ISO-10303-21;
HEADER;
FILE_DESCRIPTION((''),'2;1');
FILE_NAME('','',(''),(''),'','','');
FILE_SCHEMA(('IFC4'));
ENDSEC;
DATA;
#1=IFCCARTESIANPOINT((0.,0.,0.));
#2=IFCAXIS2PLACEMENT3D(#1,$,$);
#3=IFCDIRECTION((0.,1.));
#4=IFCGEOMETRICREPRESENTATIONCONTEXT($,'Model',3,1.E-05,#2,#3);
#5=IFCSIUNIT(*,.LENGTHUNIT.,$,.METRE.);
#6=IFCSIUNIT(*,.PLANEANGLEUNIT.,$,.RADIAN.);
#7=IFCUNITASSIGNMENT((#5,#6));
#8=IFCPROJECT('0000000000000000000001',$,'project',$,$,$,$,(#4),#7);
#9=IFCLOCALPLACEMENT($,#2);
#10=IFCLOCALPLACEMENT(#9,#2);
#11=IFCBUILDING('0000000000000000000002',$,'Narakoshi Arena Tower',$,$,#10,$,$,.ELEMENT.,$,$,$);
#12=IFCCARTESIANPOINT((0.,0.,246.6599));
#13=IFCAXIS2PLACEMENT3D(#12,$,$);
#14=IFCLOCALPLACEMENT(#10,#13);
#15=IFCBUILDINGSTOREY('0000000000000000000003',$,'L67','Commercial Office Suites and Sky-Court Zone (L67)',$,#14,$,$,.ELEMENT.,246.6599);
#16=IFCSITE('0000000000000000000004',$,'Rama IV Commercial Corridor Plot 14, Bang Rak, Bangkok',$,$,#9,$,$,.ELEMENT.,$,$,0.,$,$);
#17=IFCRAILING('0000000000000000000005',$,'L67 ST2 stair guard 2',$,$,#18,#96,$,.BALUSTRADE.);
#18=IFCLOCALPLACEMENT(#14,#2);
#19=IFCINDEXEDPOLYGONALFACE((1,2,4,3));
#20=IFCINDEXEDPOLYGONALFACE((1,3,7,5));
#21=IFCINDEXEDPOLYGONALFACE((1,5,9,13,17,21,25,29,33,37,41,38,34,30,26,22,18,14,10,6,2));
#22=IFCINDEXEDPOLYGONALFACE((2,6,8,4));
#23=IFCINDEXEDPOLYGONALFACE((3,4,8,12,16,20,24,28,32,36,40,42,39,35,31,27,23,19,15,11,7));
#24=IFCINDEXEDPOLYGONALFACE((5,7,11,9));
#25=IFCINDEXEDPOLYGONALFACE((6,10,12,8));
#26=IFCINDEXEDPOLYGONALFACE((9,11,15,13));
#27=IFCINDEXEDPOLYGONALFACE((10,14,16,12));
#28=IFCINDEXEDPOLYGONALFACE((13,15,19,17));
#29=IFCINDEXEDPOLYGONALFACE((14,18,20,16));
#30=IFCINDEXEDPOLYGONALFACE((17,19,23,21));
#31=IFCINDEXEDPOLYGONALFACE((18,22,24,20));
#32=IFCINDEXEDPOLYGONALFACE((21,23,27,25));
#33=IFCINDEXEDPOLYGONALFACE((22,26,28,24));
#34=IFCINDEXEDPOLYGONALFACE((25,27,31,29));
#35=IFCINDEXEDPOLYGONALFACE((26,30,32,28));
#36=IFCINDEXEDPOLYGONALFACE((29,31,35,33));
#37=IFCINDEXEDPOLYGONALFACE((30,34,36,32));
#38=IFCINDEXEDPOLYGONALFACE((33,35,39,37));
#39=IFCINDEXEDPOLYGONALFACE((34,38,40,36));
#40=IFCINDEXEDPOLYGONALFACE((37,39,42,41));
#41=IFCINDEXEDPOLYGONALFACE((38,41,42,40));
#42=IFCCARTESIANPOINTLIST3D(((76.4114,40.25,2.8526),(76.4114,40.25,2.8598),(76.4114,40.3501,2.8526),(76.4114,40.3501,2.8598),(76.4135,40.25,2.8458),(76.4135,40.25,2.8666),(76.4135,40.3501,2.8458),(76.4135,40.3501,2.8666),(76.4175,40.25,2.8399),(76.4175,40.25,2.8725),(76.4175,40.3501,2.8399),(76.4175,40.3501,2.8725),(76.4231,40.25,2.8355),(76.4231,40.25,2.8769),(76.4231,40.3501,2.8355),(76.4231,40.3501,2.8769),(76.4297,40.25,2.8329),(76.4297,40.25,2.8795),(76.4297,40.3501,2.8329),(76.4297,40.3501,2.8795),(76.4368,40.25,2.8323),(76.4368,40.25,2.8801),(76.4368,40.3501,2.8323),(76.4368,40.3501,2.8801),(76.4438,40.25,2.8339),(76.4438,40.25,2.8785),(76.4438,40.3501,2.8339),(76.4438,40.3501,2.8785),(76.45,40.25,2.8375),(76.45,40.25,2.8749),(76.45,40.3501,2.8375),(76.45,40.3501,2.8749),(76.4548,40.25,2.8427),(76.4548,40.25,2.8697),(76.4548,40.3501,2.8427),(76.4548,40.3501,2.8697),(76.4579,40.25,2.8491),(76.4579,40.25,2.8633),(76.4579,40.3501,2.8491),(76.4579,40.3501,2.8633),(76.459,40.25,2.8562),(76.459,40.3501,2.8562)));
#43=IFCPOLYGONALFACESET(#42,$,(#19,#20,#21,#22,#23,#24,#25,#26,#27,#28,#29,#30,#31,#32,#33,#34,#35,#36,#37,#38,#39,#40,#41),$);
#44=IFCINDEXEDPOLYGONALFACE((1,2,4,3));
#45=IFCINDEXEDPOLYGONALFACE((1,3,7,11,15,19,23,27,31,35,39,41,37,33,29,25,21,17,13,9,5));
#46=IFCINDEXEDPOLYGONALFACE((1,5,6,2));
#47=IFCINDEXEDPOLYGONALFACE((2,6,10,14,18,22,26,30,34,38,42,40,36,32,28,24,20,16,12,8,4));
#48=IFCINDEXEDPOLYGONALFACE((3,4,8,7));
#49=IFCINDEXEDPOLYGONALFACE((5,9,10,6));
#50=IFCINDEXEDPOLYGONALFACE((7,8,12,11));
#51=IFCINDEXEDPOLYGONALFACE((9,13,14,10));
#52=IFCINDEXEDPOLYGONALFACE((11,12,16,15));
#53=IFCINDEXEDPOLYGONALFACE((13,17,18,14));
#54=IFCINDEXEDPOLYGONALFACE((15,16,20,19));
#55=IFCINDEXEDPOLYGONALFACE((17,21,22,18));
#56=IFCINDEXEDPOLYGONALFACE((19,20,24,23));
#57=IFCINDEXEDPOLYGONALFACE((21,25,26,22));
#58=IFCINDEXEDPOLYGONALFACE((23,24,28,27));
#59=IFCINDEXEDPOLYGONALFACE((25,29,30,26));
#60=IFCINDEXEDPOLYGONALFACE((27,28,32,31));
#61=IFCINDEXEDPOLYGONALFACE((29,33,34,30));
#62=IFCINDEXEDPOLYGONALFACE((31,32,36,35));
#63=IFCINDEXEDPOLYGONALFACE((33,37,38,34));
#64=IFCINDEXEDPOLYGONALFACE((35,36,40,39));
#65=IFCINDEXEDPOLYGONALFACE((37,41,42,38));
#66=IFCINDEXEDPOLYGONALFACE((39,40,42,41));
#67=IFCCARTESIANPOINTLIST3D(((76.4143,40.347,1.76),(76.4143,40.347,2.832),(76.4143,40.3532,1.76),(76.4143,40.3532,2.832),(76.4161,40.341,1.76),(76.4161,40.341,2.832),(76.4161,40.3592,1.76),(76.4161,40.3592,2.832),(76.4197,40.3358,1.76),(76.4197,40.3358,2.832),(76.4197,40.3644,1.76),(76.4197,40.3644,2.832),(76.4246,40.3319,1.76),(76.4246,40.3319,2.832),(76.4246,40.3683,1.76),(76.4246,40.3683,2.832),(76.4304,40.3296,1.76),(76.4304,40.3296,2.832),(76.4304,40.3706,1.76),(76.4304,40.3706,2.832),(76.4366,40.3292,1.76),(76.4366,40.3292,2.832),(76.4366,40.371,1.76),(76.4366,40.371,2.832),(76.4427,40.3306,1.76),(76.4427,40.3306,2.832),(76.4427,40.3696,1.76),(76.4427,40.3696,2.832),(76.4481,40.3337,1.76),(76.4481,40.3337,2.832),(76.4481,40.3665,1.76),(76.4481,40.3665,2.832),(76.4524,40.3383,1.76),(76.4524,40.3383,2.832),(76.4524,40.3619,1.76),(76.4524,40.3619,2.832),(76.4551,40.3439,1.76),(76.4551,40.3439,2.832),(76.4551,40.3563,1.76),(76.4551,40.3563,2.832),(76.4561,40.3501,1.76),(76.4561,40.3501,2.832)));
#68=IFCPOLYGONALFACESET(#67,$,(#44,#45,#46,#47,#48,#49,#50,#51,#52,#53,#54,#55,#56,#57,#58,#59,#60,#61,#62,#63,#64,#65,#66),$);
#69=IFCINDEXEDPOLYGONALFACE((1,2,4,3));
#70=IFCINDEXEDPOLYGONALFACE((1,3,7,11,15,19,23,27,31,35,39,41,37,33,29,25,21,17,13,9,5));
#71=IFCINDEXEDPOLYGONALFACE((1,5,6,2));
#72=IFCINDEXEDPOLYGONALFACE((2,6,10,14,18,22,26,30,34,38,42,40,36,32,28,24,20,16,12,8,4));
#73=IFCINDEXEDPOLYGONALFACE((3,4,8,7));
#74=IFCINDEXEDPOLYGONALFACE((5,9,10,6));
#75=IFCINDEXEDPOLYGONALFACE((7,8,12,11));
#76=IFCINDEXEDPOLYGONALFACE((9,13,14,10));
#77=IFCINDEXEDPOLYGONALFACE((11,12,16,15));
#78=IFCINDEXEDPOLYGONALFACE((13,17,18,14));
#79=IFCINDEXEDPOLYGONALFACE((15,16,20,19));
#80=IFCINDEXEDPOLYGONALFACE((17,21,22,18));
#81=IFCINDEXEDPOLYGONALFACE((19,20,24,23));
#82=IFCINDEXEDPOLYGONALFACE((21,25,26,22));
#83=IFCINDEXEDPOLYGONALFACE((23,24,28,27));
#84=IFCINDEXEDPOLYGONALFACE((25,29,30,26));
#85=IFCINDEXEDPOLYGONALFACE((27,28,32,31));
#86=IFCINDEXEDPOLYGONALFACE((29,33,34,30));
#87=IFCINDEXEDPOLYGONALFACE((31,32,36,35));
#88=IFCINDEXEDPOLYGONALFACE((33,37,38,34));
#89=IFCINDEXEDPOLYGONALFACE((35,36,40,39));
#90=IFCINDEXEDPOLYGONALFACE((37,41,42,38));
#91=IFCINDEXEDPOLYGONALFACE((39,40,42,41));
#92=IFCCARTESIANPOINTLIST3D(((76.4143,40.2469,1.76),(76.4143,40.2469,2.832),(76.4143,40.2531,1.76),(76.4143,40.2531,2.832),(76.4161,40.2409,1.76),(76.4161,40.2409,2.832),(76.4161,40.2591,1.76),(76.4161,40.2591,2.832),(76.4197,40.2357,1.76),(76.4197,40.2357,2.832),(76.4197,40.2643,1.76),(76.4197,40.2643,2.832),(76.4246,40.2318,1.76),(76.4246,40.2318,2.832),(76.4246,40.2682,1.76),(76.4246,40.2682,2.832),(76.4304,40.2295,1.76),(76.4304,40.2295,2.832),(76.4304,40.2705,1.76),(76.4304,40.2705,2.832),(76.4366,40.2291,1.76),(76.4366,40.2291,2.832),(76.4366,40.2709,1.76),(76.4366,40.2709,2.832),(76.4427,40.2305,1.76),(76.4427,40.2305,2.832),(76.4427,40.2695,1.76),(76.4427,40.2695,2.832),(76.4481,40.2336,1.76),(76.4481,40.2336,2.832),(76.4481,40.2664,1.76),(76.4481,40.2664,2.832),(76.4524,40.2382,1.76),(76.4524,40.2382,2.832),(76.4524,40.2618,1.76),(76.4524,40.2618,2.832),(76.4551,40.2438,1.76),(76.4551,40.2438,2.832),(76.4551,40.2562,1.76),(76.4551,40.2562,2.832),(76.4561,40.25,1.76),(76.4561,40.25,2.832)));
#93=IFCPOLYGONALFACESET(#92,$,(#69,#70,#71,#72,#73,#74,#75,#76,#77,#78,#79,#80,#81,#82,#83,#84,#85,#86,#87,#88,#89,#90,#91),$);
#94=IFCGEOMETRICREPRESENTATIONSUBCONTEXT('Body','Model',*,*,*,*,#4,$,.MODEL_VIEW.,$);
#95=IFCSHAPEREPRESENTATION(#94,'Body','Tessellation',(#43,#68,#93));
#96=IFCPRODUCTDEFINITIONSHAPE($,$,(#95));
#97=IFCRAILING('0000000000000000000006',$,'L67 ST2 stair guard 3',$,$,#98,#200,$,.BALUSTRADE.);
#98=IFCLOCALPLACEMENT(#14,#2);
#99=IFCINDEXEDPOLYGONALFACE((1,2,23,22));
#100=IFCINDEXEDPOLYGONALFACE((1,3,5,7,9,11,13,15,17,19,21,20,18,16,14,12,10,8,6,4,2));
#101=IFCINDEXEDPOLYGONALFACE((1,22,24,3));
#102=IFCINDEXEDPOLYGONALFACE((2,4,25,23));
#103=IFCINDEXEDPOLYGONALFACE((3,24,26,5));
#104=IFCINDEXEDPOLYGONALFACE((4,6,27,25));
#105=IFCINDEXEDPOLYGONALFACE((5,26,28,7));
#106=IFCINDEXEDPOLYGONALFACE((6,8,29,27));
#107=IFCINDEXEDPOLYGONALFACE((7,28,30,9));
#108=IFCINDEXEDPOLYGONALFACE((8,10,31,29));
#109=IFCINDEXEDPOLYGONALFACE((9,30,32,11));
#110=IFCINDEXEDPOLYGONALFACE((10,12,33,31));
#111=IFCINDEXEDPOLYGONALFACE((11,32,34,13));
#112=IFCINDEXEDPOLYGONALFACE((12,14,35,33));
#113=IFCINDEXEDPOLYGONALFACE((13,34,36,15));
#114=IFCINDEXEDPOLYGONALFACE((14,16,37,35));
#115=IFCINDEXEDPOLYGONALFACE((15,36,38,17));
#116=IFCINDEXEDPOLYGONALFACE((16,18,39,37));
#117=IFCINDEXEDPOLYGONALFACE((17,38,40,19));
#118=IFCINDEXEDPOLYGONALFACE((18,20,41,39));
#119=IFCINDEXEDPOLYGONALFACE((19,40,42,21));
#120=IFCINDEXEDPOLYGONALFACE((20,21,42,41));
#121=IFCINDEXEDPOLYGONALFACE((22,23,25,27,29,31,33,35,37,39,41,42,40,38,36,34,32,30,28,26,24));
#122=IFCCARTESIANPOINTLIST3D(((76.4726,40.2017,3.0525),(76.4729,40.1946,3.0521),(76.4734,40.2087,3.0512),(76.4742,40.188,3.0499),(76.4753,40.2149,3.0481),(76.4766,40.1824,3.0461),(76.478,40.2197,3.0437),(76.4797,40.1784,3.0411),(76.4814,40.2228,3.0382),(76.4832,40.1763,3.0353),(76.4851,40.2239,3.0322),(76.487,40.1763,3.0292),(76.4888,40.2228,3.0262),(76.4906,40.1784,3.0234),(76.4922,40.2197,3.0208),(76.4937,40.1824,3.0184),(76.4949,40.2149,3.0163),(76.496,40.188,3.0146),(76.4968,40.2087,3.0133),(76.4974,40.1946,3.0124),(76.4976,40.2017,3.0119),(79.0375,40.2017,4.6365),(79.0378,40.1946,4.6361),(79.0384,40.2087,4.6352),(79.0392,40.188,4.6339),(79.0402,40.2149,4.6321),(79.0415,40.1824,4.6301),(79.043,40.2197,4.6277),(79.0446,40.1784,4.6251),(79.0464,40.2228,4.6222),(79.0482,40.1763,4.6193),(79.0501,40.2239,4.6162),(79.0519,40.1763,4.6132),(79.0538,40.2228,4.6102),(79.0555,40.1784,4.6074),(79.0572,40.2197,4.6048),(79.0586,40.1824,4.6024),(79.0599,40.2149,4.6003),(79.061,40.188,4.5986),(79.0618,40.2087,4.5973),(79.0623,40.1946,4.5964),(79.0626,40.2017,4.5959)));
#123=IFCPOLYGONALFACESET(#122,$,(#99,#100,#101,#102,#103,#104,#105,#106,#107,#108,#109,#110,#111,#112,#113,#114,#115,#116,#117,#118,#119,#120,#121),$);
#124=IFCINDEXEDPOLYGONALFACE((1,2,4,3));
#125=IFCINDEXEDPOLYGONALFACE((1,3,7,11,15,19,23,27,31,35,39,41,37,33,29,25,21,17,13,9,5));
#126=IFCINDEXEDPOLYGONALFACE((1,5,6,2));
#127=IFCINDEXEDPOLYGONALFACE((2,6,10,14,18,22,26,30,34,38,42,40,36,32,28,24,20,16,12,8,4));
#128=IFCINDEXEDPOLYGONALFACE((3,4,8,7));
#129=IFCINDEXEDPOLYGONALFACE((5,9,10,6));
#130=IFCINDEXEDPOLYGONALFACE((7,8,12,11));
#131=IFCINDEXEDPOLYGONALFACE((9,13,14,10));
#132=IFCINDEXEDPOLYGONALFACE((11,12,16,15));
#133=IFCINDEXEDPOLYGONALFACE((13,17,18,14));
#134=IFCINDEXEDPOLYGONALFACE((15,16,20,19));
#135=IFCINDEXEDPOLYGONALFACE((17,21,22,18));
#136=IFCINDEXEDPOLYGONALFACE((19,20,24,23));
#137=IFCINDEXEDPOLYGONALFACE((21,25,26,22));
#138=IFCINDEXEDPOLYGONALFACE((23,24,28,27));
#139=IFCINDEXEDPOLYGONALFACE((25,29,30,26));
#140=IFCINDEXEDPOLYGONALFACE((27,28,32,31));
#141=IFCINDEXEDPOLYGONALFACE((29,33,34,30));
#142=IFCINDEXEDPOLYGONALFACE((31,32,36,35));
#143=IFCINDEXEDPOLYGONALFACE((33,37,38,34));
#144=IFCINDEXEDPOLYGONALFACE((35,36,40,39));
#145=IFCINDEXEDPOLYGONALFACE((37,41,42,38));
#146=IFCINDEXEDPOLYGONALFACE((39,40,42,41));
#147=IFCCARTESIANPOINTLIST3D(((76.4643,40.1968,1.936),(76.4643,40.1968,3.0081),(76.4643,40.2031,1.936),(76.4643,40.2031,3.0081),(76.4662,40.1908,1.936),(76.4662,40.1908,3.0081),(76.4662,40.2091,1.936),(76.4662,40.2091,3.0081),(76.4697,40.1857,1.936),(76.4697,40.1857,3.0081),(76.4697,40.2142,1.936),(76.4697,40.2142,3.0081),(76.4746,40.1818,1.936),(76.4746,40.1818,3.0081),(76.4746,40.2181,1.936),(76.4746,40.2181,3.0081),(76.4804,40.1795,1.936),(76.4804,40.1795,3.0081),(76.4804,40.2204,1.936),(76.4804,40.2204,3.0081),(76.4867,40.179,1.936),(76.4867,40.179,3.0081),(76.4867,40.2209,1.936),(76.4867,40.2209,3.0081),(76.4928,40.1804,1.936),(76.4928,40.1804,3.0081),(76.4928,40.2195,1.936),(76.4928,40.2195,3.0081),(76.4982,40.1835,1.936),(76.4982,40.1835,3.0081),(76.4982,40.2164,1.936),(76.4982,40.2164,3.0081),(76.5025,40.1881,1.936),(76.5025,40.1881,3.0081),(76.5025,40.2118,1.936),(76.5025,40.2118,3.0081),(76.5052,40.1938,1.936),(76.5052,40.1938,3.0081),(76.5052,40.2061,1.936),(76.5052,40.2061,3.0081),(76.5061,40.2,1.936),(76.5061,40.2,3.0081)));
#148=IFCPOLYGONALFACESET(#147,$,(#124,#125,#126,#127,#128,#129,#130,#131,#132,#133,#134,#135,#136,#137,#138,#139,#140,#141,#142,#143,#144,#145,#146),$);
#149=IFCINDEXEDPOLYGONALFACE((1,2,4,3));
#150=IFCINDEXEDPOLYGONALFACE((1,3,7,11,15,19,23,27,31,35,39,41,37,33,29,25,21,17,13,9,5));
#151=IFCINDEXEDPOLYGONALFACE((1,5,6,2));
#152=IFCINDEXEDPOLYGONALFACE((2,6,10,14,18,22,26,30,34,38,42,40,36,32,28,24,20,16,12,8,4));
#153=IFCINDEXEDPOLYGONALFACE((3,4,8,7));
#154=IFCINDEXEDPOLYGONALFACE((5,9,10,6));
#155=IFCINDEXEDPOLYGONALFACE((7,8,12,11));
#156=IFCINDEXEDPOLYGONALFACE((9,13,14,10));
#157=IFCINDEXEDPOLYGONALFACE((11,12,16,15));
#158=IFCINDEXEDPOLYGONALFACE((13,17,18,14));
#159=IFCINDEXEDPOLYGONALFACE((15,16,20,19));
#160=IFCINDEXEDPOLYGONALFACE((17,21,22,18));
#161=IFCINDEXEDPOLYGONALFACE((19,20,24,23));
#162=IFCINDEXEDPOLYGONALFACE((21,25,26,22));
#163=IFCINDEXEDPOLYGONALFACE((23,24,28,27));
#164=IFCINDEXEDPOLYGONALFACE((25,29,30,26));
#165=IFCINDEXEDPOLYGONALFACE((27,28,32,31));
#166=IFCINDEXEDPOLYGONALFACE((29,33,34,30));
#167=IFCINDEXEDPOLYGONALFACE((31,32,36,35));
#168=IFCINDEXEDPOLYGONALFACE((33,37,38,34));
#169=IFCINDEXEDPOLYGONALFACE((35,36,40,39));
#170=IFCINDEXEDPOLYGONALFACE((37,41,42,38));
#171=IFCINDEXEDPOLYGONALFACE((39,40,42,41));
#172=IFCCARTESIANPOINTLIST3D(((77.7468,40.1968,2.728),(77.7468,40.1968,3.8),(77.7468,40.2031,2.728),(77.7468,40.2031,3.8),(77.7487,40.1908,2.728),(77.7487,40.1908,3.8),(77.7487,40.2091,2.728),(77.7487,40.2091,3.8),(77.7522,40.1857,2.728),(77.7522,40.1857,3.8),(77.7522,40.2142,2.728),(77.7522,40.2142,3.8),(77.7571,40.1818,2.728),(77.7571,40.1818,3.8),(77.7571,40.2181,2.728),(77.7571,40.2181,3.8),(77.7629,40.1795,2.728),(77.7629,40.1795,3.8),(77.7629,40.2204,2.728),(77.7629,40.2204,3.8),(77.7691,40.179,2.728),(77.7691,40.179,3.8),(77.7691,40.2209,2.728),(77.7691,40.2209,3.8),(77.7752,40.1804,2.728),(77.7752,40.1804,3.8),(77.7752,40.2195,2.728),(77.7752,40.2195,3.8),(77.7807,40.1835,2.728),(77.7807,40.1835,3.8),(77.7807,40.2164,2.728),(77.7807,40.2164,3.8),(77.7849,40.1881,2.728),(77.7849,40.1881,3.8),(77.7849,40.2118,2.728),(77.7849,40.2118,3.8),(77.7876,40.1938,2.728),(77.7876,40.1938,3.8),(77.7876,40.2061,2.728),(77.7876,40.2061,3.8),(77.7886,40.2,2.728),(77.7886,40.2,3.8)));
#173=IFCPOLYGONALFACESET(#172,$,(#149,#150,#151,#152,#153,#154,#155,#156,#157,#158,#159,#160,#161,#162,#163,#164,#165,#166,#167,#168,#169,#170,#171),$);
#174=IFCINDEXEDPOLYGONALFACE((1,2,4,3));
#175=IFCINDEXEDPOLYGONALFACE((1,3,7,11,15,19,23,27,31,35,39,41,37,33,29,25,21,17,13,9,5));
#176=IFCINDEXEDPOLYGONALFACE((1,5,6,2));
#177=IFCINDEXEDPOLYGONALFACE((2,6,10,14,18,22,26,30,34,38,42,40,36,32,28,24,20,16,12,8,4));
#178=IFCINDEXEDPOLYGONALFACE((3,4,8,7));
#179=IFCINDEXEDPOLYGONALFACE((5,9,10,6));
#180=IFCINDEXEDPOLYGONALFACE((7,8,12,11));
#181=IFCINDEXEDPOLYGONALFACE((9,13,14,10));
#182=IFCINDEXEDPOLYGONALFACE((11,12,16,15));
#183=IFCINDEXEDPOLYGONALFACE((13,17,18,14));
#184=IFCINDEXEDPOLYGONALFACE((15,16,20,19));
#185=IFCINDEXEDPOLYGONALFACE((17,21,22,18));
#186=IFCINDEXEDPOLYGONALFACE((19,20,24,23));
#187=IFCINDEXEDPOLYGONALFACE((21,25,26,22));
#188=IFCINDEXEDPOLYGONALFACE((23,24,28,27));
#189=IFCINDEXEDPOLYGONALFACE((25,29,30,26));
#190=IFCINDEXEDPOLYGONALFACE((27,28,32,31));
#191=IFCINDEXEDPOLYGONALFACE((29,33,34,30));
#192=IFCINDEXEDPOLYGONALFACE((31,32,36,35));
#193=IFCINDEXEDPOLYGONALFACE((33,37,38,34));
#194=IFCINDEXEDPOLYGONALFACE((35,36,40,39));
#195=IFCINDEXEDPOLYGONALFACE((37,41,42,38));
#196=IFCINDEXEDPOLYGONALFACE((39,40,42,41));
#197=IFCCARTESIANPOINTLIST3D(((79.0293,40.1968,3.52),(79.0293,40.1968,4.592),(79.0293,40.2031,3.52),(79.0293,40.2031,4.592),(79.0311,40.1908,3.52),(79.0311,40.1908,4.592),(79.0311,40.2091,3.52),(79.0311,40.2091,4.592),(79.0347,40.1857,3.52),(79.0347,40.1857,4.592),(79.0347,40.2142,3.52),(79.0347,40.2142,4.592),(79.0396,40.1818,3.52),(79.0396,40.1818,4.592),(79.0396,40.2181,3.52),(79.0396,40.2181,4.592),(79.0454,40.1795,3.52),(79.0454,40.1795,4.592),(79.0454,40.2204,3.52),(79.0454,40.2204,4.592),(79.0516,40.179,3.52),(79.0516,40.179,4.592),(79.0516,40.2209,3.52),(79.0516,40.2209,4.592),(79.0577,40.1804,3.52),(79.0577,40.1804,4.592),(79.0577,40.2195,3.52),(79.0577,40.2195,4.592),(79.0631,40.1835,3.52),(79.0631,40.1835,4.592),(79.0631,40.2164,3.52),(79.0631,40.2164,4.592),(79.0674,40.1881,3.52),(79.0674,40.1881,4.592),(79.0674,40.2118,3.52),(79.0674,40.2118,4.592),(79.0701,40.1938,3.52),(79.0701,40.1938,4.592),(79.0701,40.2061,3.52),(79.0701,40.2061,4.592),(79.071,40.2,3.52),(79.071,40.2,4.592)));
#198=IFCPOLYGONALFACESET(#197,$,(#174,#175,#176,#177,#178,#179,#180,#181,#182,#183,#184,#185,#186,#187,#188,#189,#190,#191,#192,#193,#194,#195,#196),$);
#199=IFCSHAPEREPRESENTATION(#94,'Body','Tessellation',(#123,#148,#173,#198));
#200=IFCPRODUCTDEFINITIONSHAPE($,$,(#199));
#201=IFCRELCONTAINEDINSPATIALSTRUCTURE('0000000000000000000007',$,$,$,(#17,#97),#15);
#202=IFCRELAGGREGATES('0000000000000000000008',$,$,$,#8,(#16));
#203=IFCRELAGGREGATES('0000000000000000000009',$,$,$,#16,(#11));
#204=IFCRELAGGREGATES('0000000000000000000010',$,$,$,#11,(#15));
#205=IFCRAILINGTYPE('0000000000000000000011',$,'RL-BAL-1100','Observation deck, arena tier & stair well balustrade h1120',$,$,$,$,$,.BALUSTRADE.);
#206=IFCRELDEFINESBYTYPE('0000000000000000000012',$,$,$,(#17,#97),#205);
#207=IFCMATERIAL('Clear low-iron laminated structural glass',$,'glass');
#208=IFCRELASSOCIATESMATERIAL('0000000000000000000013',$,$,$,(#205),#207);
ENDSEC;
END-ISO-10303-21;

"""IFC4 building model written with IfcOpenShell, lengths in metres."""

from ifc_helpers import new_model, si_unit, direction, frame, origin, origin_2d, place, context, subcontext, project, spatial, circle, extrude, material, type_object, element, save


model = new_model("IFC4")

# Units and contexts
model_context = context("Model", 3, precision=1e-05, world=origin(), true_north=direction((0.0, 1.0)))
body_context = subcontext(model_context, "Body", "Model", "MODEL_VIEW")
ifc_project = project(units=[si_unit("LENGTHUNIT", "METRE"), si_unit("PLANEANGLEUNIT", "RADIAN")], contexts=[model_context])

# Site, building, storey
site_placement = place(None, origin())
site = spatial("IfcSite", under=ifc_project, at=site_placement, Name="Rama IV Commercial Corridor Plot 14, Bang Rak, Bangkok", CompositionType="ELEMENT", RefElevation=0.0)
building_placement = place(site_placement, origin())
building = spatial("IfcBuilding", under=site, at=building_placement, Name="Narakoshi Arena Tower", CompositionType="ELEMENT")
storey_placement = place(building_placement, frame((0.0, 0.0, 246.6599)))
storey = spatial("IfcBuildingStorey", under=building, at=storey_placement, Name="L67", Description="Commercial Office Suites and Sky-Court Zone (L67)", CompositionType="ELEMENT", Elevation=246.6599)

# Railings
ifc_material_1 = material(Name="Clear low-iron laminated structural glass", Category="glass")
railing_type_1 = type_object("IfcRailingType", Name="RL-BAL-1100", Description="Observation deck, arena tier & stair well balustrade h1120", PredefinedType="BALUSTRADE", material=ifc_material_1)
railing_1_placement = place(storey_placement, frame((76.4351, 40.3501, 1.76)))
element("IfcRailing", 1, at=railing_1_placement, inside=storey, type_object=railing_type_1, Name="L67 ST2 stair guard 2", PredefinedType="BALUSTRADE", context=body_context, shape_type="SweptSolid", body=[
    extrude(circle(Radius=0.0239, at=origin_2d()), frame((0.0, 0.0, 1.0962), z_axis=(0.0, -1.0, 0.0), x_axis=(1.0, 0.0, 0.0)), (0.0, 0.0, 1.0), 0.1001),
    extrude(circle(Radius=0.021, at=origin_2d()), origin(), (0.0, 0.0, 1.0), 1.072),
    extrude(circle(Radius=0.021, at=origin_2d()), frame((0.0, -0.1001, 0.0)), (0.0, 0.0, 1.0), 1.072),
])
railing_2_placement = place(storey_placement, frame((76.4851, 40.2, 1.936)))
element("IfcRailing", 2, at=railing_2_placement, inside=storey, type_object=railing_type_1, Name="L67 ST2 stair guard 3", PredefinedType="BALUSTRADE", context=body_context, shape_type="SweptSolid", body=[
    extrude(circle(Radius=0.0239, at=origin_2d()), frame((0.0, 0.0, 1.0962), z_axis=(0.850834, 0.0, 0.525434), x_axis=(0.0, 1.0, 0.0)), (0.0, 0.0, 1.0), 3.0146),
    extrude(circle(Radius=0.021, at=origin_2d()), origin(), (0.0, 0.0, 1.0), 1.072),
    extrude(circle(Radius=0.021, at=origin_2d()), frame((1.2825, 0.0, 0.792)), (0.0, 0.0, 1.0), 1.072),
    extrude(circle(Radius=0.021, at=origin_2d()), frame((2.5649, 0.0, 1.584)), (0.0, 0.0, 1.0), 1.072),
])

save(model, "model.ifc")
